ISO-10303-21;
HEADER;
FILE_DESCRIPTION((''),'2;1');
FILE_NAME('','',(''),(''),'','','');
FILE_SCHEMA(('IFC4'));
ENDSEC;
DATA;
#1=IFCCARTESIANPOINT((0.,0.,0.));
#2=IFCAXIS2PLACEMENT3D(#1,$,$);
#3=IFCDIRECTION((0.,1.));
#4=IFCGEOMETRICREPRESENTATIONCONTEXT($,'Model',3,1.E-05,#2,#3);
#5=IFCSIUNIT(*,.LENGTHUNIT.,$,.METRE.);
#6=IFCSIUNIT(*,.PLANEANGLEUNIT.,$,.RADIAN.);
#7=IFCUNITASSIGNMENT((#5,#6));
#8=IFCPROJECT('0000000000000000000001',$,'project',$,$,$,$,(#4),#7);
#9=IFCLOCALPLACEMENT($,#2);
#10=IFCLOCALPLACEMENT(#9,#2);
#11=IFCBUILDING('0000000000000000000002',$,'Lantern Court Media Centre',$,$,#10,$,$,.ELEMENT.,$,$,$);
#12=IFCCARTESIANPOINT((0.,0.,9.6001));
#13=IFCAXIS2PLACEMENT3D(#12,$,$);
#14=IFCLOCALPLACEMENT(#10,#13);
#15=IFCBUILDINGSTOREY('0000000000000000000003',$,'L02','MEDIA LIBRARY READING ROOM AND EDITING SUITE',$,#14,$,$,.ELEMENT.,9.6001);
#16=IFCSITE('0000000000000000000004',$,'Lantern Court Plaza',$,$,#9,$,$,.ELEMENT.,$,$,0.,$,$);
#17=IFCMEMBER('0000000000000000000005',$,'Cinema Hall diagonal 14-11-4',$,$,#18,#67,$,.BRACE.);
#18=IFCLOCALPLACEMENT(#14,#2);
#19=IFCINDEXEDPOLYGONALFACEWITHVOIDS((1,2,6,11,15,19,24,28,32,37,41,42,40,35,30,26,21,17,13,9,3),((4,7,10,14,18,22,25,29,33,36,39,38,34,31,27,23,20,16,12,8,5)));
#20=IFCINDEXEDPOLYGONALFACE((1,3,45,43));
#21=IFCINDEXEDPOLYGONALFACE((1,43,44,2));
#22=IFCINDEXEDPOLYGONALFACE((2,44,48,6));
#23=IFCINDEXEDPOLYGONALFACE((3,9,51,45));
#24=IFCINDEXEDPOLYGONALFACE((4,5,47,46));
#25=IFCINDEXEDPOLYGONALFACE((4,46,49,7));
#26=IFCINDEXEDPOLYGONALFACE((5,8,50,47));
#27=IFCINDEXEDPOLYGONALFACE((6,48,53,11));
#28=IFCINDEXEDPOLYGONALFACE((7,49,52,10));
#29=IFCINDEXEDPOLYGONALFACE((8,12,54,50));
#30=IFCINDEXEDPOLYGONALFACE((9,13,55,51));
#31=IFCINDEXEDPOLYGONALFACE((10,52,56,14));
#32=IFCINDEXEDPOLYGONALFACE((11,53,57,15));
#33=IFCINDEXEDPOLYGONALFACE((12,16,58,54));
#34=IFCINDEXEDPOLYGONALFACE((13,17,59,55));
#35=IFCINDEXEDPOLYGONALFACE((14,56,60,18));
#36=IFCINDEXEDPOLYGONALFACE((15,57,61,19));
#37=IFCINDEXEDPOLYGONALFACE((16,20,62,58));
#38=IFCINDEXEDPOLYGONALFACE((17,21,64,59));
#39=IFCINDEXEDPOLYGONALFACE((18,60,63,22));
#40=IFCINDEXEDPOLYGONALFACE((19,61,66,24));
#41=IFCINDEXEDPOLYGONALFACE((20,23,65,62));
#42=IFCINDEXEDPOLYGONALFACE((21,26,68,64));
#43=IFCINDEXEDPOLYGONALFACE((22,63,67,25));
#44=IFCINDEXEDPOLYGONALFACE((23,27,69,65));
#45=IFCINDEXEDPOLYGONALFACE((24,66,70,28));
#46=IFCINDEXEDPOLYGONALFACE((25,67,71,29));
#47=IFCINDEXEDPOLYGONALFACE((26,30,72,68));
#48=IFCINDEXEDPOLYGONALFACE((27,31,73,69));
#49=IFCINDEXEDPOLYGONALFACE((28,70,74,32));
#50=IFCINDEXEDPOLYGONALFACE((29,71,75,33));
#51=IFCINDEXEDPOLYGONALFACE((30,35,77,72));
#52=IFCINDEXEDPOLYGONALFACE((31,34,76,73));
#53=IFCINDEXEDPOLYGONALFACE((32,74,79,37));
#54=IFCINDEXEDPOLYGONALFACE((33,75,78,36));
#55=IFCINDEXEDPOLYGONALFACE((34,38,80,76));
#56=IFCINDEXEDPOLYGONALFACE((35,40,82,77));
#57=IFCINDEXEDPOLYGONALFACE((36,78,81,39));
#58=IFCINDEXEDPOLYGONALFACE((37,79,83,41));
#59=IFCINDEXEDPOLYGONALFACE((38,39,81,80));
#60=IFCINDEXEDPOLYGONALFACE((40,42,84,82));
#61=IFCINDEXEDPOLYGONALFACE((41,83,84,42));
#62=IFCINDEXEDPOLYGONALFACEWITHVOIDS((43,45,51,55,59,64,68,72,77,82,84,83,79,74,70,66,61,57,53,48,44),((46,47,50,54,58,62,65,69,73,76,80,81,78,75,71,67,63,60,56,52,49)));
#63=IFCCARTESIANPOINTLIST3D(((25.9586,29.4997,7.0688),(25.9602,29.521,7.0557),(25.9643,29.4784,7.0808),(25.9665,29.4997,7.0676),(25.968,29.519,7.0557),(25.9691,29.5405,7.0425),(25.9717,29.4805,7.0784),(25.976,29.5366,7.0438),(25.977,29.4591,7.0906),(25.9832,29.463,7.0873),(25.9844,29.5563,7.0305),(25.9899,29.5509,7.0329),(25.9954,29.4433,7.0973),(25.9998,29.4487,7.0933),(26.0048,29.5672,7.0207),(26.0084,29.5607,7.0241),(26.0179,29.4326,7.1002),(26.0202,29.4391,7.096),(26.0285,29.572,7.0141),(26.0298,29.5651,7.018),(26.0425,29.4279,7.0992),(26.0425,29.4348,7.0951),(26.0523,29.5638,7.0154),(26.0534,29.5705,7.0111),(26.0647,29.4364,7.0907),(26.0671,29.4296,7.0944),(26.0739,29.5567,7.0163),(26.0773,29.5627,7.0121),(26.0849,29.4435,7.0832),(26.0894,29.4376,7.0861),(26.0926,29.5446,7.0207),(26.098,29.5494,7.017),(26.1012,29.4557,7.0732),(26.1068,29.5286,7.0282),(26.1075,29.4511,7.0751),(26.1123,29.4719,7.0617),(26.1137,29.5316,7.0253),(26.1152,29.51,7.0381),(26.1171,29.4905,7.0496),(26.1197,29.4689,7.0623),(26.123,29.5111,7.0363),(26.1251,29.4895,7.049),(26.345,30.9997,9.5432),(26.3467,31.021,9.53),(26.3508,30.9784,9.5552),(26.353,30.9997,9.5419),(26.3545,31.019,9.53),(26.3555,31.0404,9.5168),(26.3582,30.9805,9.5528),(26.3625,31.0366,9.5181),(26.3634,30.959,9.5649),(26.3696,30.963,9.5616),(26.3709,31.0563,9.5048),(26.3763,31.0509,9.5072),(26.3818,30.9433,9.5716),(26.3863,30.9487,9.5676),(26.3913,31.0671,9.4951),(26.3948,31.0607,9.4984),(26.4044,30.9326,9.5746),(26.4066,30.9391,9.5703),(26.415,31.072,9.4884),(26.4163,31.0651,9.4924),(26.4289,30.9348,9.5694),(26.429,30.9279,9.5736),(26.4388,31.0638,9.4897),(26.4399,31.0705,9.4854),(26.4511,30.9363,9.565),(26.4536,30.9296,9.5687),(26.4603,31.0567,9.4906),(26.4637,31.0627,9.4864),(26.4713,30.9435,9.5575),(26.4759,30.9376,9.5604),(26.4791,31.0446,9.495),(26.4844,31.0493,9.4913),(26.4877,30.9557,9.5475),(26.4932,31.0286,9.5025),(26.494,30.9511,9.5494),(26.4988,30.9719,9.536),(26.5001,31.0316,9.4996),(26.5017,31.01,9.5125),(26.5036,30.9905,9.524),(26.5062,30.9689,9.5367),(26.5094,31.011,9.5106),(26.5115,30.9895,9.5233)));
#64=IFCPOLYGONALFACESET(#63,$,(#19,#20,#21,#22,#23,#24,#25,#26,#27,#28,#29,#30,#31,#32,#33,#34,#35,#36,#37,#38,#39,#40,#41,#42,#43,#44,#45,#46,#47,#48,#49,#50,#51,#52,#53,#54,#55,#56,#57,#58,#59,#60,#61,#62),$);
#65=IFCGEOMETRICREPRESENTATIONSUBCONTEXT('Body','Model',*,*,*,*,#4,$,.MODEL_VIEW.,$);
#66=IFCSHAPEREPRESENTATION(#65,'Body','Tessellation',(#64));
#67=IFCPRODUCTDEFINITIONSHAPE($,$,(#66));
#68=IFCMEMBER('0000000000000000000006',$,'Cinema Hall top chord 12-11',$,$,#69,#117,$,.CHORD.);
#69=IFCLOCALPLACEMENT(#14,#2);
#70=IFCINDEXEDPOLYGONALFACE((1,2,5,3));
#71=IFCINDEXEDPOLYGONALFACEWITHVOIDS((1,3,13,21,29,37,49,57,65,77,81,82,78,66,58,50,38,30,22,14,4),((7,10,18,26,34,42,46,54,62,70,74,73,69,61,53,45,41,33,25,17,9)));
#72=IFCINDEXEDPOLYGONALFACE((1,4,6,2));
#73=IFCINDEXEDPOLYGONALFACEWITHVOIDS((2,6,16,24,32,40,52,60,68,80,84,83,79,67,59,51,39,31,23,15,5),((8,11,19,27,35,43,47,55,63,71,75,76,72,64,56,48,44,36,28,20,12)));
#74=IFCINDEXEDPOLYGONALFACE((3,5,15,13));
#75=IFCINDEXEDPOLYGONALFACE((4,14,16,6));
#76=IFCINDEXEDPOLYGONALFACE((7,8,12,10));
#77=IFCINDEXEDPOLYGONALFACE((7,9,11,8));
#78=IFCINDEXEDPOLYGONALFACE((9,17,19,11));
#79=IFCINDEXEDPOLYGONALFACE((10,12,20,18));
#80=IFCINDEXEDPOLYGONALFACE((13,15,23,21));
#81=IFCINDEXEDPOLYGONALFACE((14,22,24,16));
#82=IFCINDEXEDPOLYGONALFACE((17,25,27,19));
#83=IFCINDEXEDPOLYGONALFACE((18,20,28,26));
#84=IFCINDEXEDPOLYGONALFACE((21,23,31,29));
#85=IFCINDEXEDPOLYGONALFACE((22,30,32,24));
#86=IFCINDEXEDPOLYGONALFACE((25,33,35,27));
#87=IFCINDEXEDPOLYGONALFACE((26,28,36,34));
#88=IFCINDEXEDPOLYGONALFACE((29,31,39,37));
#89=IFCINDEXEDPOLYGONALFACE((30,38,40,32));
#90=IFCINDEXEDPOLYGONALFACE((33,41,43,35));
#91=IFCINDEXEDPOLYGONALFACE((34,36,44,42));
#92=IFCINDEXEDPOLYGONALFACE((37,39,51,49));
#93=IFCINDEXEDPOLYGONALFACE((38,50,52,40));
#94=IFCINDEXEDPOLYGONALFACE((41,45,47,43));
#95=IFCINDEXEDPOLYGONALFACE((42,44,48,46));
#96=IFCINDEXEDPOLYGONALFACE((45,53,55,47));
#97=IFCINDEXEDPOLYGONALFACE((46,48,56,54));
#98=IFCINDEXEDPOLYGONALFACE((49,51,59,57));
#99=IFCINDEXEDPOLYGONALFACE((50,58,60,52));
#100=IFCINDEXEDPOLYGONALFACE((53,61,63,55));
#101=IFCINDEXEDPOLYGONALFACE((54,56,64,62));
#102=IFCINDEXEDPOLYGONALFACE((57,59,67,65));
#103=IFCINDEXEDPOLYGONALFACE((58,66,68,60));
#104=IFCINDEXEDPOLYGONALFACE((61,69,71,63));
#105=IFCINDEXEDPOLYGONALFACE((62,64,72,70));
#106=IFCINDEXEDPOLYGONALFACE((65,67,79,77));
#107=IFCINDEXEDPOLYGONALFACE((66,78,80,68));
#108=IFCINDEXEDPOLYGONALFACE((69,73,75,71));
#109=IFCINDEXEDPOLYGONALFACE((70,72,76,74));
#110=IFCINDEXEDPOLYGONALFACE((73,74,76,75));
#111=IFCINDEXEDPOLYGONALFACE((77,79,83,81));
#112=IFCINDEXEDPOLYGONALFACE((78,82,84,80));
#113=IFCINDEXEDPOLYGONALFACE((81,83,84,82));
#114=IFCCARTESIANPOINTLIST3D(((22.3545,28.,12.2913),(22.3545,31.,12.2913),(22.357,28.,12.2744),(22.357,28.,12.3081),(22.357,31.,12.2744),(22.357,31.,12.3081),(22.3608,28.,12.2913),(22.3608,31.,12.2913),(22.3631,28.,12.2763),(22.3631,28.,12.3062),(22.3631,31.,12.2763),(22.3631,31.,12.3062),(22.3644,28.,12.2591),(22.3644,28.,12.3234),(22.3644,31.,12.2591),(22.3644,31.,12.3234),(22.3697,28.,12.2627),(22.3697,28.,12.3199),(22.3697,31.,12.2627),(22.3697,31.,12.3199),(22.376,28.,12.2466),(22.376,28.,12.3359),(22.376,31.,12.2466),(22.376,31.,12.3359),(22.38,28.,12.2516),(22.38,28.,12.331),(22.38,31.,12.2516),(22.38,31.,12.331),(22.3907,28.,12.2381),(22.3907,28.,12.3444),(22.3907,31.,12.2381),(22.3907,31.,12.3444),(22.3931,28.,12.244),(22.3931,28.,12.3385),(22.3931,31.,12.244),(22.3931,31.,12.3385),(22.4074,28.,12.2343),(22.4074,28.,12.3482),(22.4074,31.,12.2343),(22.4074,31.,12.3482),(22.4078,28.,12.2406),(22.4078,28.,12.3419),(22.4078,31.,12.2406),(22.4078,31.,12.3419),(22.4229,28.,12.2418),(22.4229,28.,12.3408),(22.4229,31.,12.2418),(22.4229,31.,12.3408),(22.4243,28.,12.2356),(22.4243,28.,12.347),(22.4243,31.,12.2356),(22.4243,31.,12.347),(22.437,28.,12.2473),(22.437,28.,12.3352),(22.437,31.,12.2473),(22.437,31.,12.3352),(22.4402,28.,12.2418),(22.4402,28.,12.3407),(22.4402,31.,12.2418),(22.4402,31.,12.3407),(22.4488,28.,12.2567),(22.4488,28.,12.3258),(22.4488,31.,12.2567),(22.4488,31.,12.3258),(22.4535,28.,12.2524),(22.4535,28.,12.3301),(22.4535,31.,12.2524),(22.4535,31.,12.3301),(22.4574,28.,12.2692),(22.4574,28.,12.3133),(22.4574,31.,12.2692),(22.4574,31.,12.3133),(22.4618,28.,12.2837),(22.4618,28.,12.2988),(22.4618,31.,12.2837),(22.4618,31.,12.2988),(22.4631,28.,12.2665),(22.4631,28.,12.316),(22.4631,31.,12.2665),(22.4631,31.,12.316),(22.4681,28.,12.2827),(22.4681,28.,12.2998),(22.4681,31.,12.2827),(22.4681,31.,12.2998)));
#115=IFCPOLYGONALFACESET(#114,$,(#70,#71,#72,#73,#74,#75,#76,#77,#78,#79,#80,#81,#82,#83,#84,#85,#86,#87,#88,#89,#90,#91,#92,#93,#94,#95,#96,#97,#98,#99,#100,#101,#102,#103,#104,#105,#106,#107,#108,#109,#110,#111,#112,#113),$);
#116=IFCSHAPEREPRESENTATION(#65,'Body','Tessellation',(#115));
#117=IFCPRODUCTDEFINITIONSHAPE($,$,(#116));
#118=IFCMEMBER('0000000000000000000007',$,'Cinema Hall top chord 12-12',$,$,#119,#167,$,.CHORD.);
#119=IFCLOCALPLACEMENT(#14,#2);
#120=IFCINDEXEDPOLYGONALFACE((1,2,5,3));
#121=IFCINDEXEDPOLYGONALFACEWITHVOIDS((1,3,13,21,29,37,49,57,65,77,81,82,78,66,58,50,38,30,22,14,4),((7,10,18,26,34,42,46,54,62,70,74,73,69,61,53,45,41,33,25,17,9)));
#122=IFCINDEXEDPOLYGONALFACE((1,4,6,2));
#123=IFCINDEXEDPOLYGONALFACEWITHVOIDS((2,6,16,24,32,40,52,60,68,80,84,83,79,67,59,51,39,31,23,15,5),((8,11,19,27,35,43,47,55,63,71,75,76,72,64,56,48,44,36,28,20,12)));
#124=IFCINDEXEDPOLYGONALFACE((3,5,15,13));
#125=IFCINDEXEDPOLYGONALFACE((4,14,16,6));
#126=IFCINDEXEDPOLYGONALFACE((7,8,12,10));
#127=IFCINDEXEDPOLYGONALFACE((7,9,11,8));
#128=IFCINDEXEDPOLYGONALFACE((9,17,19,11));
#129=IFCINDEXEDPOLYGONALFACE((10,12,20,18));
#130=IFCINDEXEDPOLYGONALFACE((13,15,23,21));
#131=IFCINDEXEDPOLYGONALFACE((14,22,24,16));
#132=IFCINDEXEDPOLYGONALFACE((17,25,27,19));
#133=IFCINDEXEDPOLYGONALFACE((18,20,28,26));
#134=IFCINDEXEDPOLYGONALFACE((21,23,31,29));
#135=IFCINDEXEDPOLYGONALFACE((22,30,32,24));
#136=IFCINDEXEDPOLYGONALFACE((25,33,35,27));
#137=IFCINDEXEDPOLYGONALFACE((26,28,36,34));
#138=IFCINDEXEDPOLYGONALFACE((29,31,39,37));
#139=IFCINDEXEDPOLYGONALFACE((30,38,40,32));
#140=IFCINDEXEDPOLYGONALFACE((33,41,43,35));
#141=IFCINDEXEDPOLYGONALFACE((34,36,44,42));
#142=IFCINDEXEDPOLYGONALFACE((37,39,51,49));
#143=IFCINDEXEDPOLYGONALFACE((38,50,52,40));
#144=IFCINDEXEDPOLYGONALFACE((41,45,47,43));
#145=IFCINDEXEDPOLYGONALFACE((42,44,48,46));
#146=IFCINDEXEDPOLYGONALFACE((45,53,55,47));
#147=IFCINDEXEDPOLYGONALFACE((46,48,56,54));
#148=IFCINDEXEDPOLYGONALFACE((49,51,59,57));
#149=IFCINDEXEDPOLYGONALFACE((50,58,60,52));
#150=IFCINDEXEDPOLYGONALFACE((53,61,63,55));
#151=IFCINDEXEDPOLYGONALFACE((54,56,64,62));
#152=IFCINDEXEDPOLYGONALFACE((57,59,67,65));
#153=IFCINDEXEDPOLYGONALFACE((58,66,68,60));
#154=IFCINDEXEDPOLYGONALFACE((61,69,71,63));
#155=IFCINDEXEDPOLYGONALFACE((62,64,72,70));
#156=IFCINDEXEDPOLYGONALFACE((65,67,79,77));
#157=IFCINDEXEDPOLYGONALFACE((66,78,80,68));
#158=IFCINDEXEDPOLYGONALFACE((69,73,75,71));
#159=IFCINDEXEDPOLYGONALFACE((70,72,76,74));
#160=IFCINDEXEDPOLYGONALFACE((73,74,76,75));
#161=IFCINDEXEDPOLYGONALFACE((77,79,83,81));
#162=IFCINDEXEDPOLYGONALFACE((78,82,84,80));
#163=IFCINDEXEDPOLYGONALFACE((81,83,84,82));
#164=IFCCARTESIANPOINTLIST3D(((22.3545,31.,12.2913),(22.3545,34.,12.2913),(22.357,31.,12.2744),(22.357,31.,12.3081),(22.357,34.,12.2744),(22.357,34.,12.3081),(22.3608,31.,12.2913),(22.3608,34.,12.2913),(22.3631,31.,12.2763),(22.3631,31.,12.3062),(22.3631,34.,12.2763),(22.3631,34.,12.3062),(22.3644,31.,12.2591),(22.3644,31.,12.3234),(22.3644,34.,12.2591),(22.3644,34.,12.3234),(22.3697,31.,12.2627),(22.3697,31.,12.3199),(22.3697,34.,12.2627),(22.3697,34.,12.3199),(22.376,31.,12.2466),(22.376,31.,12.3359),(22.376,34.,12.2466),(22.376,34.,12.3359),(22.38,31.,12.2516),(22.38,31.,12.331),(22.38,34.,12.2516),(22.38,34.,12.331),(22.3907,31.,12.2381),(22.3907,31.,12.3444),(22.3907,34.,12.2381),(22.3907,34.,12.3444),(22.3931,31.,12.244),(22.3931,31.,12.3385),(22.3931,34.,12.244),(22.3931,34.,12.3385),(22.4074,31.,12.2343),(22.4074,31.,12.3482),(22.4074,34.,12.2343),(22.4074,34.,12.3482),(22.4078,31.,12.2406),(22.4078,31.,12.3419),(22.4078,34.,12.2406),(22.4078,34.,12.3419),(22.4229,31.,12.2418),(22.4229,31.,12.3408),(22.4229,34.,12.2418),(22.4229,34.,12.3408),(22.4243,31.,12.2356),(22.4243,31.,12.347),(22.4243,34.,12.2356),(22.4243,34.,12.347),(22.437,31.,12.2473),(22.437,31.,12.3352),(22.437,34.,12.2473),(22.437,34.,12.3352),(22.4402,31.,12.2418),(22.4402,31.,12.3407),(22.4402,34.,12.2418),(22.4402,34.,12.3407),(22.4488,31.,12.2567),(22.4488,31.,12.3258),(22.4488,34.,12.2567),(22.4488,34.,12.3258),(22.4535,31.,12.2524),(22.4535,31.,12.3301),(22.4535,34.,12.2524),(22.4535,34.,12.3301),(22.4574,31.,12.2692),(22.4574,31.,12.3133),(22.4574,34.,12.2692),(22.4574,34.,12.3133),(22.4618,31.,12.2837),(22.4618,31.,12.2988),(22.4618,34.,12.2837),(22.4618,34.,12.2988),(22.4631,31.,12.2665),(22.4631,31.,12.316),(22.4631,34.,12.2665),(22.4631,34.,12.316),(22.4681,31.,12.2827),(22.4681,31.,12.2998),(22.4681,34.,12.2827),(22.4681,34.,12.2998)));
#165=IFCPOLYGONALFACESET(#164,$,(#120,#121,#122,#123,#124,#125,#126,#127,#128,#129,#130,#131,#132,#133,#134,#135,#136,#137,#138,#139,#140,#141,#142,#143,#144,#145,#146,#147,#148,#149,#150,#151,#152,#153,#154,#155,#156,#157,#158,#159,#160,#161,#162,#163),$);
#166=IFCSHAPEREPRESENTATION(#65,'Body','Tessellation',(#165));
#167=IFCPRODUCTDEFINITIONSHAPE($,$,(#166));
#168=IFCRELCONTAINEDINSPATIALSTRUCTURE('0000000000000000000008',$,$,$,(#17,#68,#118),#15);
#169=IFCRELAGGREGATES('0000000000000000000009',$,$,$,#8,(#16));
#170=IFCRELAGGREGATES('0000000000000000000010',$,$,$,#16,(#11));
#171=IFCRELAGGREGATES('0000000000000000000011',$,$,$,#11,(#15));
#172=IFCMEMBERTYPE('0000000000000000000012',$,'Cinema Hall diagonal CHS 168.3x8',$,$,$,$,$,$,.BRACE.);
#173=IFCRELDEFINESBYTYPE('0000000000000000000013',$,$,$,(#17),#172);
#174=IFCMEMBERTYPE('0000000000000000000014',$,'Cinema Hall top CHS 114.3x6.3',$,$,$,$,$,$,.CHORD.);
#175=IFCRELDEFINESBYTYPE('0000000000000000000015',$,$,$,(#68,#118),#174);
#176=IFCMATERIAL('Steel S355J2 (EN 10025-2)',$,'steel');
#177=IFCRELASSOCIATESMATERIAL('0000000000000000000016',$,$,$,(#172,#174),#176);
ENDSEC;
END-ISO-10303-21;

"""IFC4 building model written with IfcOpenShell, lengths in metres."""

from ifc_helpers import new_model, si_unit, direction, frame, origin, origin_2d, place, context, subcontext, project, spatial, hollow_circle, extrude, material, material_profile, profile_set, type_object, element, save


model = new_model("IFC4")

# Units and contexts
model_context = context("Model", 3, precision=1e-05, world=origin(), true_north=direction((0.0, 1.0)))
body_context = subcontext(model_context, "Body", "Model", "MODEL_VIEW")
ifc_project = project(units=[si_unit("LENGTHUNIT", "METRE"), si_unit("PLANEANGLEUNIT", "RADIAN")], contexts=[model_context])

# Site, building, storey
site_placement = place(None, origin())
site = spatial("IfcSite", under=ifc_project, at=site_placement, Name="Lantern Court Plaza", CompositionType="ELEMENT", RefElevation=0.0)
building_placement = place(site_placement, origin())
building = spatial("IfcBuilding", under=site, at=building_placement, Name="Lantern Court Media Centre", CompositionType="ELEMENT")
storey_placement = place(building_placement, frame((0.0, 0.0, 9.6001)))
storey = spatial("IfcBuildingStorey", under=building, at=storey_placement, Name="L02", Description="MEDIA LIBRARY READING ROOM AND EDITING SUITE", CompositionType="ELEMENT", Elevation=9.6001)

# Members
ifc_material = material(Name="Steel S355J2 (EN 10025-2)", Category="steel")
ifc_material_profile_1 = material_profile(ifc_material, hollow_circle(Radius=0.0842, WallThickness=0.0081, at=origin_2d()), Name="Cinema Hall diagonal CHS 168.3x8")
ifc_profile_set_1 = profile_set([ifc_material_profile_1], Name="Steel S355J2 (EN 10025-2)")
member_type_1 = type_object("IfcMemberType", Name="Cinema Hall diagonal CHS 168.3x8", PredefinedType="BRACE", material=ifc_profile_set_1)
member_1_placement = place(storey_placement, frame((26.0417, 29.5, 7.0557), z_axis=(0.13239, 0.513836, 0.847612), x_axis=(-0.968374, 0.249501, 0.0)))
element("IfcMember", 1, at=member_1_placement, inside=storey, type_object=member_type_1, Name="Cinema Hall diagonal 14-11-4", PredefinedType="BRACE", context=body_context, shape_type="SweptSolid", body=[
    extrude(hollow_circle(Radius=0.0842, WallThickness=0.0081, at=origin_2d()), origin(), (0.0, 0.0, 1.0), 2.9192),
])
ifc_material_profile_2 = material_profile(ifc_material, hollow_circle(Radius=0.0571, WallThickness=0.0063, at=origin_2d()), Name="Cinema Hall top CHS 114.3x6.3")
ifc_profile_set_2 = profile_set([ifc_material_profile_2], Name="Steel S355J2 (EN 10025-2)")
member_type_2 = type_object("IfcMemberType", Name="Cinema Hall top CHS 114.3x6.3", PredefinedType="CHORD", material=ifc_profile_set_2)
for number, where, z_axis, x_axis, name in (
    (2, (22.4116, 28.0, 12.2913), (0.0, 1.0, 0.0), (-1.0, 0.0, 0.0), "Cinema Hall top chord 12-11"),
    (3, (22.4116, 31.0, 12.2913), (0.0, 1.0, 0.0), (-1.0, 0.0, 0.0), "Cinema Hall top chord 12-12"),
):
    element("IfcMember", number, at=place(storey_placement, frame(where, z_axis=z_axis, x_axis=x_axis)), inside=storey, type_object=member_type_2, Name=name, PredefinedType="CHORD", context=body_context, shape_type="SweptSolid", body=[
        extrude(hollow_circle(Radius=0.0571, WallThickness=0.0063, at=origin_2d()), origin(), (0.0, 0.0, 1.0), 3.0),
    ])

save(model, "model.ifc")
